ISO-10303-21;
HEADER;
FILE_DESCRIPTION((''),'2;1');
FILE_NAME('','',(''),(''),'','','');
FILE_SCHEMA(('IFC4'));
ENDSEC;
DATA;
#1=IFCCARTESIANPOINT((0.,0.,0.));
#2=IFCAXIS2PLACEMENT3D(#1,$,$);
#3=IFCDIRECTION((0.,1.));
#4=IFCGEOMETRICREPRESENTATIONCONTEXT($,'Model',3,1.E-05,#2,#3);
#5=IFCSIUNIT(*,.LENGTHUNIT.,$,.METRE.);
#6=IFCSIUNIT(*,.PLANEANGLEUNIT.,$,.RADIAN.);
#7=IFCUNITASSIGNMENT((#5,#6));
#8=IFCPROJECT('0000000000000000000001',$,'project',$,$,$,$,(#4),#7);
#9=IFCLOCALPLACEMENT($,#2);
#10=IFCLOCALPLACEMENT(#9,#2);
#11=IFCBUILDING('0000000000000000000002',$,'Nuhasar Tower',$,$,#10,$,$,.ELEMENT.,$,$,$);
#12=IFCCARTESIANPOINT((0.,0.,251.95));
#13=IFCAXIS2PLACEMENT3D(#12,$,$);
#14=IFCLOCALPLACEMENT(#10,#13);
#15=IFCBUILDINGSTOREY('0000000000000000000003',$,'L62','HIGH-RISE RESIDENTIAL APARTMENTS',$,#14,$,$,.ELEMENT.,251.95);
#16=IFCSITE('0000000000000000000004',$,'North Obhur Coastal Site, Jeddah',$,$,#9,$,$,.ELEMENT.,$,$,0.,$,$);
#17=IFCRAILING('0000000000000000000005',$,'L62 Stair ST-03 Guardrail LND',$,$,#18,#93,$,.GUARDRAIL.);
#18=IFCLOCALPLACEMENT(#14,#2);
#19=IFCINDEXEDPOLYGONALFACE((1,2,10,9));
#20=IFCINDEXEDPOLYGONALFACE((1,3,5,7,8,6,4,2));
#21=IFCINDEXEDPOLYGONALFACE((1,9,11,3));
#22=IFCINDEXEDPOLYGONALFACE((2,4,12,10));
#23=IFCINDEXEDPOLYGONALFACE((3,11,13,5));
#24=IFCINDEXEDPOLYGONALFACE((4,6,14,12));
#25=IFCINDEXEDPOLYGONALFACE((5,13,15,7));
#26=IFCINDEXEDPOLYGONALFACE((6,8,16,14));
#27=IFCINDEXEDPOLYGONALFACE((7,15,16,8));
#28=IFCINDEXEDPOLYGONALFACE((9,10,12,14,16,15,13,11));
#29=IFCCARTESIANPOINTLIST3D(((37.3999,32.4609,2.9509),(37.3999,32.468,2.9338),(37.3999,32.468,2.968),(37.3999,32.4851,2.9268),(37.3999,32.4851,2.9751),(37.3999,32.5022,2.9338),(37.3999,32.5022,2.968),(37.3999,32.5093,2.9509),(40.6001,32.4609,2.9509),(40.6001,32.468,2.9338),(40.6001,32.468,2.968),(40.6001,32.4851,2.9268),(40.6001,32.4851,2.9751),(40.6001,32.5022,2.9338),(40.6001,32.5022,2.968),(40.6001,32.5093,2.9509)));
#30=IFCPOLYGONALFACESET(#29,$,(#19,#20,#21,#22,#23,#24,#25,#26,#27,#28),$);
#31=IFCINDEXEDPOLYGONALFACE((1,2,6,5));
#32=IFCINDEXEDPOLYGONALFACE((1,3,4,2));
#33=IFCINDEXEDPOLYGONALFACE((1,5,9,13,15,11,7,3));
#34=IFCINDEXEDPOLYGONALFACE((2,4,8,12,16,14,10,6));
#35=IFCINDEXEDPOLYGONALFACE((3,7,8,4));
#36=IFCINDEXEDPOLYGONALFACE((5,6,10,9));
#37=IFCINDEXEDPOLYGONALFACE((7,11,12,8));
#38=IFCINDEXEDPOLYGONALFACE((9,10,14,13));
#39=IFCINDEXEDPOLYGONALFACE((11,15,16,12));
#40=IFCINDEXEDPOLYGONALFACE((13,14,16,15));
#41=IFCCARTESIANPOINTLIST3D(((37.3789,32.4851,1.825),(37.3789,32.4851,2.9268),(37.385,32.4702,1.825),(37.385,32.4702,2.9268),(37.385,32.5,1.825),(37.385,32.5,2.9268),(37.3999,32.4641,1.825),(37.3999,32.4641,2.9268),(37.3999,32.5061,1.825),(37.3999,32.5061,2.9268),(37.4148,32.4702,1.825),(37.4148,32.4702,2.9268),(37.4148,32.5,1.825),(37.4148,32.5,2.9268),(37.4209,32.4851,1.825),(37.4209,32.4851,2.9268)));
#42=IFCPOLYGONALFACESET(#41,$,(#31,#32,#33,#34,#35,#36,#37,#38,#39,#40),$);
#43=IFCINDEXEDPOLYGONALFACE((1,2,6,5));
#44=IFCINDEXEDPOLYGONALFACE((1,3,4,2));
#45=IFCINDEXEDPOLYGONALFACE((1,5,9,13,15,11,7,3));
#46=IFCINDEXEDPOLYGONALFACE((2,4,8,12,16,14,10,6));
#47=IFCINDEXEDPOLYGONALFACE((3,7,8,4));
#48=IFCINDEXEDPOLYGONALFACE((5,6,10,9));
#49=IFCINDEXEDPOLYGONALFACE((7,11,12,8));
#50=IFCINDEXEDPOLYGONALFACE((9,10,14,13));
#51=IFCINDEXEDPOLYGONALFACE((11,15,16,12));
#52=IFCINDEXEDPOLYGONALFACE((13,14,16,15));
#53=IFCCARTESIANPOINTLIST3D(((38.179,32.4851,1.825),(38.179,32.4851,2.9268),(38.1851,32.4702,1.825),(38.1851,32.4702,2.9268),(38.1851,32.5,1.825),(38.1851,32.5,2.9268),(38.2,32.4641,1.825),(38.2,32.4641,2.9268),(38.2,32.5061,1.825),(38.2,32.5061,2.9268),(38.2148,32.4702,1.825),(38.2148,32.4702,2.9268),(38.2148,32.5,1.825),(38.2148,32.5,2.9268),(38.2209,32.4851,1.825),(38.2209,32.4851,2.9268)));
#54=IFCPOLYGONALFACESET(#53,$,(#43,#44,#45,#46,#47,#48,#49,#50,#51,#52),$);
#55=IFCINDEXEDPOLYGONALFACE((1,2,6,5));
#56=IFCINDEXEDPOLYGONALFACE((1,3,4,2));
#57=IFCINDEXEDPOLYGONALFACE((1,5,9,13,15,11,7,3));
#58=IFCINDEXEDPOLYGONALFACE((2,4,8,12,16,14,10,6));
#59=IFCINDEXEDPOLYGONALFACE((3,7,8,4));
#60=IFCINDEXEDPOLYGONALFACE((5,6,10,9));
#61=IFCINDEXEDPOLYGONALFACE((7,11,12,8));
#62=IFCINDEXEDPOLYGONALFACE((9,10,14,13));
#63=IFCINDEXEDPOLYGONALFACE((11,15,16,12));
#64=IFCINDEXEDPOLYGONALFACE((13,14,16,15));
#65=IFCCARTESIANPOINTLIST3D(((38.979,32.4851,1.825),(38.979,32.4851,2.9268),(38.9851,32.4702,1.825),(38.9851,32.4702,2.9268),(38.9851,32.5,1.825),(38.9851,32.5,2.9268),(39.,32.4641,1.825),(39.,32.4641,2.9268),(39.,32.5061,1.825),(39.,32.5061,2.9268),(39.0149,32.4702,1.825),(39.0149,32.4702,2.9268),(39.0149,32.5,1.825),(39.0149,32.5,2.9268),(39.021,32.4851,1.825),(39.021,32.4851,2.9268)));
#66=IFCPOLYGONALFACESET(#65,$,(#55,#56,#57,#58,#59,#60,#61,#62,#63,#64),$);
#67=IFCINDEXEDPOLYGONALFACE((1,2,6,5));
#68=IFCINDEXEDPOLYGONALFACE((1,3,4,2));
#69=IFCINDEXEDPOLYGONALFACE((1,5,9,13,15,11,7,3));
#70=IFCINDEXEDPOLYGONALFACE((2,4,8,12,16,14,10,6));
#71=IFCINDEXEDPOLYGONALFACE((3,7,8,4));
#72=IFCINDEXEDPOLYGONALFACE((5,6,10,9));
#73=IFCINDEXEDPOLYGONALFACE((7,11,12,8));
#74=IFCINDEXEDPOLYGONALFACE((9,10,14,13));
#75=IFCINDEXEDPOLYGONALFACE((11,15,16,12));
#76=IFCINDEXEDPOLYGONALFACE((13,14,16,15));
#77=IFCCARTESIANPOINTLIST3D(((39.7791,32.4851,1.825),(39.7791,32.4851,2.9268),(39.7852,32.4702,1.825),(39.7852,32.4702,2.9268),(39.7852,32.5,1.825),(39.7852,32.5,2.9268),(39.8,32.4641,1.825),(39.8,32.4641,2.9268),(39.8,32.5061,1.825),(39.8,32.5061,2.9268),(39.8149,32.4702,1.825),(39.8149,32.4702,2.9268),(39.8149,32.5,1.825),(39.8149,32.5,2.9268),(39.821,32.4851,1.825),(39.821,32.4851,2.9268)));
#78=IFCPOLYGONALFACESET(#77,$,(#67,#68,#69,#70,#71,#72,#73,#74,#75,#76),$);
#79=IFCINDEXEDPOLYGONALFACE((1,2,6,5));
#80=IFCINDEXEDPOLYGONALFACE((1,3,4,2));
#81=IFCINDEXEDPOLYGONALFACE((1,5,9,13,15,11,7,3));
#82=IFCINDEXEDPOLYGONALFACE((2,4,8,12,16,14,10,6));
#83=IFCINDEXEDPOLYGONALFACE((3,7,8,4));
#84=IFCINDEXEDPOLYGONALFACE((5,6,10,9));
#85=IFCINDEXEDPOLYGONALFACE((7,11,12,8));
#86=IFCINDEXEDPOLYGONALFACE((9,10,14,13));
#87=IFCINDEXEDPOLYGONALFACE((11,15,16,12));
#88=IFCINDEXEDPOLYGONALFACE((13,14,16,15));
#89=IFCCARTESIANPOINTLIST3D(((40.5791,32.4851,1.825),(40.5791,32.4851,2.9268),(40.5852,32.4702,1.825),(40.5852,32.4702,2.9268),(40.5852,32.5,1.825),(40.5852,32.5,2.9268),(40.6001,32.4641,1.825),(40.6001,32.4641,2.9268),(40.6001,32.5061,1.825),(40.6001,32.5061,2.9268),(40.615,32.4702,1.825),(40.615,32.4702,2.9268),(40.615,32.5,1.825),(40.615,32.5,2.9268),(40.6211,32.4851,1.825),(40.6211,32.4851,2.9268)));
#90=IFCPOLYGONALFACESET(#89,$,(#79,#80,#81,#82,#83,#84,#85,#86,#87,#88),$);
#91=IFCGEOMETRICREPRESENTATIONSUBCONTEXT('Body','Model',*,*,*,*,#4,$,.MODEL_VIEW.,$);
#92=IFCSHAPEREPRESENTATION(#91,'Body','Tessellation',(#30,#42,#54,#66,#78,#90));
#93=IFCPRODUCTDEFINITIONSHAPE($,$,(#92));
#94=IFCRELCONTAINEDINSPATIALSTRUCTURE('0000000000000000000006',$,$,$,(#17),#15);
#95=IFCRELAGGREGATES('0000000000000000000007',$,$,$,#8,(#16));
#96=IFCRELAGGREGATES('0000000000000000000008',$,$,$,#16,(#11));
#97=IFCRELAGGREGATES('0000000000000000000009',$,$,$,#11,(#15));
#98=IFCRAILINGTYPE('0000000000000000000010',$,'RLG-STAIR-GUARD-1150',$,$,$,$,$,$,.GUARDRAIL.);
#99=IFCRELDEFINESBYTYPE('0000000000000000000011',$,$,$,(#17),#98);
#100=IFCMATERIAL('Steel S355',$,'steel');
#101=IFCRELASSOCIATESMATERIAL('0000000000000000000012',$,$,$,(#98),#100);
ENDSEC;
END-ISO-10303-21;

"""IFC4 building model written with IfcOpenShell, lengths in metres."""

from ifc_helpers import new_model, si_unit, direction, frame, origin, place, context, subcontext, project, spatial, polyline, outline, extrude, material, type_object, element, save


model = new_model("IFC4")

# Units and contexts
model_context = context("Model", 3, precision=1e-05, world=origin(), true_north=direction((0.0, 1.0)))
body_context = subcontext(model_context, "Body", "Model", "MODEL_VIEW")
ifc_project = project(units=[si_unit("LENGTHUNIT", "METRE"), si_unit("PLANEANGLEUNIT", "RADIAN")], contexts=[model_context])

# Site, building, storey
site_placement = place(None, origin())
site = spatial("IfcSite", under=ifc_project, at=site_placement, Name="North Obhur Coastal Site, Jeddah", CompositionType="ELEMENT", RefElevation=0.0)
building_placement = place(site_placement, origin())
building = spatial("IfcBuilding", under=site, at=building_placement, Name="Nuhasar Tower", CompositionType="ELEMENT")
storey_placement = place(building_placement, frame((0.0, 0.0, 251.95)))
storey = spatial("IfcBuildingStorey", under=building, at=storey_placement, Name="L62", Description="HIGH-RISE RESIDENTIAL APARTMENTS", CompositionType="ELEMENT", Elevation=251.95)

# Shared definitions
ifc_material_1 = material(Name="Steel S355", Category="steel")

# Railing
railing_type_1 = type_object("IfcRailingType", Name="RLG-STAIR-GUARD-1150", PredefinedType="GUARDRAIL", material=ifc_material_1)
railing_1_placement = place(storey_placement, frame((37.3999, 32.4851, 1.825)))
element("IfcRailing", 1, at=railing_1_placement, inside=storey, type_object=railing_type_1, Name="L62 Stair ST-03 Guardrail LND", PredefinedType="GUARDRAIL", context=body_context, shape_type="SweptSolid", body=[
    extrude(outline(polyline([(0.0242, 0.0), (0.0171, 0.0171), (0.0, 0.0242), (-0.0171, 0.0171), (-0.0242, 0.0), (-0.0171, -0.0171), (0.0, -0.0242), (0.0171, -0.0171), (0.0242, 0.0)])), frame((0.0, 0.0, 1.126), z_axis=(1.0, 0.0, 0.0), x_axis=(0.0, 1.0, 0.0)), (0.0, 0.0, 1.0), 3.2002),
    extrude(outline(polyline([(0.021, 0.0), (0.0149, 0.0149), (0.0, 0.021), (-0.0149, 0.0149), (-0.021, 0.0), (-0.0149, -0.0149), (0.0, -0.021), (0.0149, -0.0149), (0.021, 0.0)])), origin(), (0.0, 0.0, 1.0), 1.1018),
    extrude(outline(polyline([(0.021, 0.0), (0.0149, 0.0149), (0.0, 0.021), (-0.0149, 0.0149), (-0.021, 0.0), (-0.0149, -0.0149), (0.0, -0.021), (0.0149, -0.0149), (0.021, 0.0)])), frame((0.8, 0.0, 0.0)), (0.0, 0.0, 1.0), 1.1018),
    extrude(outline(polyline([(0.021, 0.0), (0.0149, 0.0149), (0.0, 0.021), (-0.0149, 0.0149), (-0.021, 0.0), (-0.0149, -0.0149), (0.0, -0.021), (0.0149, -0.0149), (0.021, 0.0)])), frame((1.6001, 0.0, 0.0)), (0.0, 0.0, 1.0), 1.1018),
    extrude(outline(polyline([(0.021, 0.0), (0.0149, 0.0149), (0.0, 0.021), (-0.0149, 0.0149), (-0.021, 0.0), (-0.0149, -0.0149), (0.0, -0.021), (0.0149, -0.0149), (0.021, 0.0)])), frame((2.4001, 0.0, 0.0)), (0.0, 0.0, 1.0), 1.1018),
    extrude(outline(polyline([(0.021, 0.0), (0.0149, 0.0149), (0.0, 0.021), (-0.0149, 0.0149), (-0.021, 0.0), (-0.0149, -0.0149), (0.0, -0.021), (0.0149, -0.0149), (0.021, 0.0)])), frame((3.2002, 0.0, 0.0)), (0.0, 0.0, 1.0), 1.1018),
])

save(model, "model.ifc")
